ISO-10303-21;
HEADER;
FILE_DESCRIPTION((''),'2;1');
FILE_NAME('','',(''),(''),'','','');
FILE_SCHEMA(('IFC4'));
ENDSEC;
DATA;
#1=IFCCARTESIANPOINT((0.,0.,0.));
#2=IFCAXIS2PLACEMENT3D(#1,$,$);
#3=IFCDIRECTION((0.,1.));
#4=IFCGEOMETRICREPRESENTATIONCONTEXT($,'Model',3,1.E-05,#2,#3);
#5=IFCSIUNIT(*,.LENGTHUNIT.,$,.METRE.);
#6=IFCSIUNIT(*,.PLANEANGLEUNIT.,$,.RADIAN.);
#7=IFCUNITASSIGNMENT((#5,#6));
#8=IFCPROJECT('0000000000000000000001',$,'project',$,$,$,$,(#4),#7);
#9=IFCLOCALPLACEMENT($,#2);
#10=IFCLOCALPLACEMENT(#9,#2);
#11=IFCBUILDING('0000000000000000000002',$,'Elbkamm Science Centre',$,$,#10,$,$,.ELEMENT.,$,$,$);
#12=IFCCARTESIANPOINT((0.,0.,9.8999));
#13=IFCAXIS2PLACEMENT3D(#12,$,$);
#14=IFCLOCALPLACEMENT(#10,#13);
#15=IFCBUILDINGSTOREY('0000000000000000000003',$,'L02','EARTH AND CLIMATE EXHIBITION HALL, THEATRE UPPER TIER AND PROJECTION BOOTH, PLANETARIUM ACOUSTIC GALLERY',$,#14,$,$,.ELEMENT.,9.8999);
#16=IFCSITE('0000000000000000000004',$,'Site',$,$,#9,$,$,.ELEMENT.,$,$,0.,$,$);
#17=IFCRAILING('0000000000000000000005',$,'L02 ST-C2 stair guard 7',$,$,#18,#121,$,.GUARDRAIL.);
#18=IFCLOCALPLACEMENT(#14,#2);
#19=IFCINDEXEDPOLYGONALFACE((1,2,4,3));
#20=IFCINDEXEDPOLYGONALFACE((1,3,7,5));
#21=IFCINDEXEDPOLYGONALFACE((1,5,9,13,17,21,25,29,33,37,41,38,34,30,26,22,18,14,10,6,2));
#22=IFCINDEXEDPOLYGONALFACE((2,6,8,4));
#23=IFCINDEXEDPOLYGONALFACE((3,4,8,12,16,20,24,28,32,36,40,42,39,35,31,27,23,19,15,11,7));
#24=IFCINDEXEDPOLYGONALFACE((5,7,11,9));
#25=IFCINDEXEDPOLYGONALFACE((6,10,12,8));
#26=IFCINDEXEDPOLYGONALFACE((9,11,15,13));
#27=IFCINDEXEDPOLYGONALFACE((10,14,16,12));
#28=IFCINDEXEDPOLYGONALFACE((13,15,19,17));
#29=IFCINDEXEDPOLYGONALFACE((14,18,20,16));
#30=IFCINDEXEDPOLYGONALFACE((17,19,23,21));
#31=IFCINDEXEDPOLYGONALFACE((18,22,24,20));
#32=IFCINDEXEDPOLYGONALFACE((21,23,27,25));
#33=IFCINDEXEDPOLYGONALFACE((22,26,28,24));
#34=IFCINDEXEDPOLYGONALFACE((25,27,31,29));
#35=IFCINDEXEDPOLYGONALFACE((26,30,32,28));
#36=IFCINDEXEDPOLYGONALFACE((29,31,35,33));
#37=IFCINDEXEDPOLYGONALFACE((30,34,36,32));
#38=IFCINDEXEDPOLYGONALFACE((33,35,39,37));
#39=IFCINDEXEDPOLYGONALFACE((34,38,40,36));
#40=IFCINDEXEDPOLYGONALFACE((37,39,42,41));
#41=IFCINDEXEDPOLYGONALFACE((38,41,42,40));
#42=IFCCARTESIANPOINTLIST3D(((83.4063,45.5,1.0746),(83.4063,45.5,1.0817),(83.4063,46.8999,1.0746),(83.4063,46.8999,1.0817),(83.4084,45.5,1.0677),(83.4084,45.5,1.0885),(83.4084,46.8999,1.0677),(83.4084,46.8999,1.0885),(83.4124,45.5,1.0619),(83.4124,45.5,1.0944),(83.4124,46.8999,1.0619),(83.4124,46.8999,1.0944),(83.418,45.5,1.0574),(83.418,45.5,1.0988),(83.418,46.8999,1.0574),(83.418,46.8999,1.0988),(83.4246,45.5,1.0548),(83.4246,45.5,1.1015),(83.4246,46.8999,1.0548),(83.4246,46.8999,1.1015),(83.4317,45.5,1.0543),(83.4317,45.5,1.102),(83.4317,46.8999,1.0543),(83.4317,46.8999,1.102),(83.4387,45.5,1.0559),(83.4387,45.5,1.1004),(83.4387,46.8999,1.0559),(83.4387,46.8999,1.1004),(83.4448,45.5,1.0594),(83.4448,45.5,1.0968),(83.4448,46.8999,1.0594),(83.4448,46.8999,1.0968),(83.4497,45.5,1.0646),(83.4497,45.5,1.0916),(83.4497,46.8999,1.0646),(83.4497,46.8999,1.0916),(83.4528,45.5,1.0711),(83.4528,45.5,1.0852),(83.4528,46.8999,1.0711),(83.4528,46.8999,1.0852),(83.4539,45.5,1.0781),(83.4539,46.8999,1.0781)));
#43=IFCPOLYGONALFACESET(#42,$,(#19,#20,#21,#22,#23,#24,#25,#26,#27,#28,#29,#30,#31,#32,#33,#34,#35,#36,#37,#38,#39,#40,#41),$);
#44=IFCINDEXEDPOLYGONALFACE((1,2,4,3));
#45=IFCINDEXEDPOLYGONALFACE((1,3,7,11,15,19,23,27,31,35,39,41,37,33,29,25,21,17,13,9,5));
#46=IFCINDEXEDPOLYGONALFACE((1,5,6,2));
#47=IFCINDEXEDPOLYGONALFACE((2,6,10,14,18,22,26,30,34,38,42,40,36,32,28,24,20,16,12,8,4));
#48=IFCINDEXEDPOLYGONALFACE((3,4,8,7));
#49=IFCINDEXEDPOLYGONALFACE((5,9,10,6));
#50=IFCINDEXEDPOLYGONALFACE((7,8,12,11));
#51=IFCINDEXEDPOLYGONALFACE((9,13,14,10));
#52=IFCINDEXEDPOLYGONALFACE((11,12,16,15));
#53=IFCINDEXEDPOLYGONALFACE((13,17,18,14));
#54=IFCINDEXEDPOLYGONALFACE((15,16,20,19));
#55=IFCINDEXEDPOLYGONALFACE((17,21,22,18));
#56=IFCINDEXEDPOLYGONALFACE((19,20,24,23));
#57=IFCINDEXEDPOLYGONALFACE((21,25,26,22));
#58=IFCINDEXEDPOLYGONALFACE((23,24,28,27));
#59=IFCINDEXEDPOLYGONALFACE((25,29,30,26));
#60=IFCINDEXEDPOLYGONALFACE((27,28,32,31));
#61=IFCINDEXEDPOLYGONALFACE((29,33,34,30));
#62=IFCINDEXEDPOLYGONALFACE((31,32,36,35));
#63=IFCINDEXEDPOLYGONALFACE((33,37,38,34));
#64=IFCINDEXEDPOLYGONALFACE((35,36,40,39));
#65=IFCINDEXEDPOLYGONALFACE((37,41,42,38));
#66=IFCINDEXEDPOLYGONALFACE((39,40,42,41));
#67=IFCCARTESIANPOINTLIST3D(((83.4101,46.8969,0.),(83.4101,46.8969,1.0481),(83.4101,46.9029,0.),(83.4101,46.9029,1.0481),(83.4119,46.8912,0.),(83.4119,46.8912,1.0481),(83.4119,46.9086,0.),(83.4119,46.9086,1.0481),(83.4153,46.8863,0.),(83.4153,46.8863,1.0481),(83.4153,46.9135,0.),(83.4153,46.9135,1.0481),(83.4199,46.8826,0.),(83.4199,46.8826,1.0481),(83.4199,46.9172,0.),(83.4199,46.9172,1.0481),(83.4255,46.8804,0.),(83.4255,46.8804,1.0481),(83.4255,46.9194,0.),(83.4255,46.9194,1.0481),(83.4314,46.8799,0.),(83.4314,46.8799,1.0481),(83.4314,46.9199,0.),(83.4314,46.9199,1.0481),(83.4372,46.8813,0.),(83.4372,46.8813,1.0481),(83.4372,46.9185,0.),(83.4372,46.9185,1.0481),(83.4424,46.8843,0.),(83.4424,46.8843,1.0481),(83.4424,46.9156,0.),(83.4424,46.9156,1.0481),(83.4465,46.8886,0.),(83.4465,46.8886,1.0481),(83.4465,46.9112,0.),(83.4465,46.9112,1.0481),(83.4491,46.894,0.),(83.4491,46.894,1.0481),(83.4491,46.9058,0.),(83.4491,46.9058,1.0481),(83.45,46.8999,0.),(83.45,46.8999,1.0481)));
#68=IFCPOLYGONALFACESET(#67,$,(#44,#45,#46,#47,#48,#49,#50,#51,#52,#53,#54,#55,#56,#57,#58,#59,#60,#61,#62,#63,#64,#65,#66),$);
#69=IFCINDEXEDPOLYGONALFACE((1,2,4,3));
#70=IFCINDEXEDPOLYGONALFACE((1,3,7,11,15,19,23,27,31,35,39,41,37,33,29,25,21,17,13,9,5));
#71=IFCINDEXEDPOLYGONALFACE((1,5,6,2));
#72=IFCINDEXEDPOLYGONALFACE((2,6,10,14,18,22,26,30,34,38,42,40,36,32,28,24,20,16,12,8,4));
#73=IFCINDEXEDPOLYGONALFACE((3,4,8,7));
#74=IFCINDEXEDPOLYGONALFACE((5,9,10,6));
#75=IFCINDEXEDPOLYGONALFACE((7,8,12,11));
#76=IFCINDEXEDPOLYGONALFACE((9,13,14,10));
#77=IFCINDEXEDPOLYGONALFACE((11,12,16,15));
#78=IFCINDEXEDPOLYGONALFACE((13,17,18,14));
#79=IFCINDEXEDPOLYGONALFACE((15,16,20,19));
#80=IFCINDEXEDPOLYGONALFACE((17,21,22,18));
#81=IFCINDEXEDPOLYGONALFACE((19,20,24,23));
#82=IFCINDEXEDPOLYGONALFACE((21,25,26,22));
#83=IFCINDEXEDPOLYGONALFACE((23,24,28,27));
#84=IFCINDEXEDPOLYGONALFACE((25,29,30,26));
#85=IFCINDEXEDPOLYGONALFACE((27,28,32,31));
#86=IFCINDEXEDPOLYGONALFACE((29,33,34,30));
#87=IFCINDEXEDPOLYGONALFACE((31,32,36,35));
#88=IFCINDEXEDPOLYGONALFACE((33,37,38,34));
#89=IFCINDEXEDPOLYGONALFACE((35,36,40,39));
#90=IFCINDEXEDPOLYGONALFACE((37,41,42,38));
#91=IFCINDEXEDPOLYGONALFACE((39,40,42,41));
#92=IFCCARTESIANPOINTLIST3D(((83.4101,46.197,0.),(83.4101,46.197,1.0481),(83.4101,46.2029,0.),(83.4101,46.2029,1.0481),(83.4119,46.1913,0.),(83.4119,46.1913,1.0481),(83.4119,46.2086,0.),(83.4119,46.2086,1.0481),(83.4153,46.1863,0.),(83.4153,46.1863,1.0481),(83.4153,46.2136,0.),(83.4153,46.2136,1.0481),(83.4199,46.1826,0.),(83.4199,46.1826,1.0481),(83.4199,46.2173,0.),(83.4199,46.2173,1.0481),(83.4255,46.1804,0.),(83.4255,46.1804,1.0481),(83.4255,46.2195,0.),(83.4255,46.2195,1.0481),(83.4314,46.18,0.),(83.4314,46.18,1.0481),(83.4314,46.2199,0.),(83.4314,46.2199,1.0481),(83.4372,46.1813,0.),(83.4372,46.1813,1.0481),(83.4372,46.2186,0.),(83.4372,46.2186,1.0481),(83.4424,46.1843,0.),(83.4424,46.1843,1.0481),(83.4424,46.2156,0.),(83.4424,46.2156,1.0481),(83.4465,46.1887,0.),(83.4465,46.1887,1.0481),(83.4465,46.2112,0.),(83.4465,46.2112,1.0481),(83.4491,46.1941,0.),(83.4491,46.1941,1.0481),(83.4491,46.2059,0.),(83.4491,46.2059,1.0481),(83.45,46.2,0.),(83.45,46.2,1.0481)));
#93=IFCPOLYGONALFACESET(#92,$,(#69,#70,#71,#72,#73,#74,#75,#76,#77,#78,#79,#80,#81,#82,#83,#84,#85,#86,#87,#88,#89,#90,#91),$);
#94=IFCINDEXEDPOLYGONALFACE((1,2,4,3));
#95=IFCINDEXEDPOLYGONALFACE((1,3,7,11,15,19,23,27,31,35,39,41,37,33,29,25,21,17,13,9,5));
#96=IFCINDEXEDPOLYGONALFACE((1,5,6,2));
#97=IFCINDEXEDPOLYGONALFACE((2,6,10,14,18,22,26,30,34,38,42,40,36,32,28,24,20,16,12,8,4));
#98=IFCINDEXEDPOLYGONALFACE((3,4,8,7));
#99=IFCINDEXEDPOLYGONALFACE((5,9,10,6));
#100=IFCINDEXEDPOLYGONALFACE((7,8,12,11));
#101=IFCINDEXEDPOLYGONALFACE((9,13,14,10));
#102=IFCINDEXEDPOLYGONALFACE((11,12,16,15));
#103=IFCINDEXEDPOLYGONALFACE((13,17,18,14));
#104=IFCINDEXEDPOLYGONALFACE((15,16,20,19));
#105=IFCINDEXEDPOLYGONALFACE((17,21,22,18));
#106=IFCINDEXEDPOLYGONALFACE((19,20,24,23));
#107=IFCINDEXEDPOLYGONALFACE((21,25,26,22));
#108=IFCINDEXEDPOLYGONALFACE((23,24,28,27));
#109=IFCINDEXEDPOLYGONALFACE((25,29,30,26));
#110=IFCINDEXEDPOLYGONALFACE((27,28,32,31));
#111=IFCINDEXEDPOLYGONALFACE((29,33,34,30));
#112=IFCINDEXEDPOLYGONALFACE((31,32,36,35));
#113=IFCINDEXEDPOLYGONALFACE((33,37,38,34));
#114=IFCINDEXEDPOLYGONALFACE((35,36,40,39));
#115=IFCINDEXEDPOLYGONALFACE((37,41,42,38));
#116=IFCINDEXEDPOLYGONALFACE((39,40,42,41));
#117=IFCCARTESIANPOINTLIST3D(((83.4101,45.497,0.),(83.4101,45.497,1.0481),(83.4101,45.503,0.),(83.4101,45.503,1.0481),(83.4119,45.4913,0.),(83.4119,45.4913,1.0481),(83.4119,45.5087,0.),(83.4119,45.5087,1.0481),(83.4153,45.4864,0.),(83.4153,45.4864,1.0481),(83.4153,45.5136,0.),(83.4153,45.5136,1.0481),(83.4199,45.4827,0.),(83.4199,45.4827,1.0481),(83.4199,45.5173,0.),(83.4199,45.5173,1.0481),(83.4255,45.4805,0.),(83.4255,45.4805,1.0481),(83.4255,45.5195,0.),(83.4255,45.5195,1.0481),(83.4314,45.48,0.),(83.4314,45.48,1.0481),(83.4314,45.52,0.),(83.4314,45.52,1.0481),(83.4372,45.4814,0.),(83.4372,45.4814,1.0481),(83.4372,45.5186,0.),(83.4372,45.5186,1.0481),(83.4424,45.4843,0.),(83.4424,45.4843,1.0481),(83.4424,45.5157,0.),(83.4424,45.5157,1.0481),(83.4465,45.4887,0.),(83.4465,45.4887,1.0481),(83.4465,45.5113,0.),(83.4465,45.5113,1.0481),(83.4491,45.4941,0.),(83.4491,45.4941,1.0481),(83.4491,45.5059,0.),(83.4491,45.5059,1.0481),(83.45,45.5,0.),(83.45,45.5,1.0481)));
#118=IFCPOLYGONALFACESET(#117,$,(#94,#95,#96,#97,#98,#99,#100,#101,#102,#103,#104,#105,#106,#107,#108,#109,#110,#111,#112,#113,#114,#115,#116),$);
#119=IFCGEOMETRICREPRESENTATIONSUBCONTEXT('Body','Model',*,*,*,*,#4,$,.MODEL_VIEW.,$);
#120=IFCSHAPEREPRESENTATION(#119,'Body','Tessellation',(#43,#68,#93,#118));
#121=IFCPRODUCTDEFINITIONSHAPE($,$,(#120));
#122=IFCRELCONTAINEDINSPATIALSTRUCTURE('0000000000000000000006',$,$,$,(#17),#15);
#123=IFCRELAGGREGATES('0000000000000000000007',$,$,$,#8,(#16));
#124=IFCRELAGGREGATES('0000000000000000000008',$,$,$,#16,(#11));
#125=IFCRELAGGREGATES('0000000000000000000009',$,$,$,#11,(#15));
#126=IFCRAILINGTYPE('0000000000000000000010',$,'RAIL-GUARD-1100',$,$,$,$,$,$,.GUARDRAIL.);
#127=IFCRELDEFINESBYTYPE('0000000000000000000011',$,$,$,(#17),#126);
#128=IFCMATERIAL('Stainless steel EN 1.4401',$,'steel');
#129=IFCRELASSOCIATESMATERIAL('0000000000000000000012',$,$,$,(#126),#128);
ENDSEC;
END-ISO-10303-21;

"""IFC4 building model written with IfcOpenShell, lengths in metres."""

from ifc_helpers import new_model, si_unit, direction, frame, origin, origin_2d, place, context, subcontext, project, spatial, circle, extrude, material, type_object, element, save


model = new_model("IFC4")

# Units and contexts
model_context = context("Model", 3, precision=1e-05, world=origin(), true_north=direction((0.0, 1.0)))
body_context = subcontext(model_context, "Body", "Model", "MODEL_VIEW")
ifc_project = project(units=[si_unit("LENGTHUNIT", "METRE"), si_unit("PLANEANGLEUNIT", "RADIAN")], contexts=[model_context])

# Site, building, storey
site_placement = place(None, origin())
site = spatial("IfcSite", under=ifc_project, at=site_placement, Name="Site", CompositionType="ELEMENT", RefElevation=0.0)
building_placement = place(site_placement, origin())
building = spatial("IfcBuilding", under=site, at=building_placement, Name="Elbkamm Science Centre", CompositionType="ELEMENT")
storey_placement = place(building_placement, frame((0.0, 0.0, 9.8999)))
storey = spatial("IfcBuildingStorey", under=building, at=storey_placement, Name="L02", Description="EARTH AND CLIMATE EXHIBITION HALL, THEATRE UPPER TIER AND PROJECTION BOOTH, PLANETARIUM ACOUSTIC GALLERY", CompositionType="ELEMENT", Elevation=9.8999)

# Railing
ifc_material_1 = material(Name="Stainless steel EN 1.4401", Category="steel")
railing_type_1 = type_object("IfcRailingType", Name="RAIL-GUARD-1100", PredefinedType="GUARDRAIL", material=ifc_material_1)
railing_1_placement = place(storey_placement, frame((83.4299, 46.8999, 0.0)))
element("IfcRailing", 1, at=railing_1_placement, inside=storey, type_object=railing_type_1, Name="L02 ST-C2 stair guard 7", PredefinedType="GUARDRAIL", context=body_context, shape_type="SweptSolid", body=[
    extrude(circle(Radius=0.0239, at=origin_2d()), frame((0.0, 0.0, 1.0781), z_axis=(0.0, -1.0, 0.0), x_axis=(1.0, 0.0, 0.0)), (0.0, 0.0, 1.0), 1.3999),
    extrude(circle(Radius=0.02, at=origin_2d()), origin(), (0.0, 0.0, 1.0), 1.0481),
    extrude(circle(Radius=0.02, at=origin_2d()), frame((0.0, -0.7, 0.0)), (0.0, 0.0, 1.0), 1.0481),
    extrude(circle(Radius=0.02, at=origin_2d()), frame((0.0, -1.3999, 0.0)), (0.0, 0.0, 1.0), 1.0481),
])

save(model, "model.ifc")
